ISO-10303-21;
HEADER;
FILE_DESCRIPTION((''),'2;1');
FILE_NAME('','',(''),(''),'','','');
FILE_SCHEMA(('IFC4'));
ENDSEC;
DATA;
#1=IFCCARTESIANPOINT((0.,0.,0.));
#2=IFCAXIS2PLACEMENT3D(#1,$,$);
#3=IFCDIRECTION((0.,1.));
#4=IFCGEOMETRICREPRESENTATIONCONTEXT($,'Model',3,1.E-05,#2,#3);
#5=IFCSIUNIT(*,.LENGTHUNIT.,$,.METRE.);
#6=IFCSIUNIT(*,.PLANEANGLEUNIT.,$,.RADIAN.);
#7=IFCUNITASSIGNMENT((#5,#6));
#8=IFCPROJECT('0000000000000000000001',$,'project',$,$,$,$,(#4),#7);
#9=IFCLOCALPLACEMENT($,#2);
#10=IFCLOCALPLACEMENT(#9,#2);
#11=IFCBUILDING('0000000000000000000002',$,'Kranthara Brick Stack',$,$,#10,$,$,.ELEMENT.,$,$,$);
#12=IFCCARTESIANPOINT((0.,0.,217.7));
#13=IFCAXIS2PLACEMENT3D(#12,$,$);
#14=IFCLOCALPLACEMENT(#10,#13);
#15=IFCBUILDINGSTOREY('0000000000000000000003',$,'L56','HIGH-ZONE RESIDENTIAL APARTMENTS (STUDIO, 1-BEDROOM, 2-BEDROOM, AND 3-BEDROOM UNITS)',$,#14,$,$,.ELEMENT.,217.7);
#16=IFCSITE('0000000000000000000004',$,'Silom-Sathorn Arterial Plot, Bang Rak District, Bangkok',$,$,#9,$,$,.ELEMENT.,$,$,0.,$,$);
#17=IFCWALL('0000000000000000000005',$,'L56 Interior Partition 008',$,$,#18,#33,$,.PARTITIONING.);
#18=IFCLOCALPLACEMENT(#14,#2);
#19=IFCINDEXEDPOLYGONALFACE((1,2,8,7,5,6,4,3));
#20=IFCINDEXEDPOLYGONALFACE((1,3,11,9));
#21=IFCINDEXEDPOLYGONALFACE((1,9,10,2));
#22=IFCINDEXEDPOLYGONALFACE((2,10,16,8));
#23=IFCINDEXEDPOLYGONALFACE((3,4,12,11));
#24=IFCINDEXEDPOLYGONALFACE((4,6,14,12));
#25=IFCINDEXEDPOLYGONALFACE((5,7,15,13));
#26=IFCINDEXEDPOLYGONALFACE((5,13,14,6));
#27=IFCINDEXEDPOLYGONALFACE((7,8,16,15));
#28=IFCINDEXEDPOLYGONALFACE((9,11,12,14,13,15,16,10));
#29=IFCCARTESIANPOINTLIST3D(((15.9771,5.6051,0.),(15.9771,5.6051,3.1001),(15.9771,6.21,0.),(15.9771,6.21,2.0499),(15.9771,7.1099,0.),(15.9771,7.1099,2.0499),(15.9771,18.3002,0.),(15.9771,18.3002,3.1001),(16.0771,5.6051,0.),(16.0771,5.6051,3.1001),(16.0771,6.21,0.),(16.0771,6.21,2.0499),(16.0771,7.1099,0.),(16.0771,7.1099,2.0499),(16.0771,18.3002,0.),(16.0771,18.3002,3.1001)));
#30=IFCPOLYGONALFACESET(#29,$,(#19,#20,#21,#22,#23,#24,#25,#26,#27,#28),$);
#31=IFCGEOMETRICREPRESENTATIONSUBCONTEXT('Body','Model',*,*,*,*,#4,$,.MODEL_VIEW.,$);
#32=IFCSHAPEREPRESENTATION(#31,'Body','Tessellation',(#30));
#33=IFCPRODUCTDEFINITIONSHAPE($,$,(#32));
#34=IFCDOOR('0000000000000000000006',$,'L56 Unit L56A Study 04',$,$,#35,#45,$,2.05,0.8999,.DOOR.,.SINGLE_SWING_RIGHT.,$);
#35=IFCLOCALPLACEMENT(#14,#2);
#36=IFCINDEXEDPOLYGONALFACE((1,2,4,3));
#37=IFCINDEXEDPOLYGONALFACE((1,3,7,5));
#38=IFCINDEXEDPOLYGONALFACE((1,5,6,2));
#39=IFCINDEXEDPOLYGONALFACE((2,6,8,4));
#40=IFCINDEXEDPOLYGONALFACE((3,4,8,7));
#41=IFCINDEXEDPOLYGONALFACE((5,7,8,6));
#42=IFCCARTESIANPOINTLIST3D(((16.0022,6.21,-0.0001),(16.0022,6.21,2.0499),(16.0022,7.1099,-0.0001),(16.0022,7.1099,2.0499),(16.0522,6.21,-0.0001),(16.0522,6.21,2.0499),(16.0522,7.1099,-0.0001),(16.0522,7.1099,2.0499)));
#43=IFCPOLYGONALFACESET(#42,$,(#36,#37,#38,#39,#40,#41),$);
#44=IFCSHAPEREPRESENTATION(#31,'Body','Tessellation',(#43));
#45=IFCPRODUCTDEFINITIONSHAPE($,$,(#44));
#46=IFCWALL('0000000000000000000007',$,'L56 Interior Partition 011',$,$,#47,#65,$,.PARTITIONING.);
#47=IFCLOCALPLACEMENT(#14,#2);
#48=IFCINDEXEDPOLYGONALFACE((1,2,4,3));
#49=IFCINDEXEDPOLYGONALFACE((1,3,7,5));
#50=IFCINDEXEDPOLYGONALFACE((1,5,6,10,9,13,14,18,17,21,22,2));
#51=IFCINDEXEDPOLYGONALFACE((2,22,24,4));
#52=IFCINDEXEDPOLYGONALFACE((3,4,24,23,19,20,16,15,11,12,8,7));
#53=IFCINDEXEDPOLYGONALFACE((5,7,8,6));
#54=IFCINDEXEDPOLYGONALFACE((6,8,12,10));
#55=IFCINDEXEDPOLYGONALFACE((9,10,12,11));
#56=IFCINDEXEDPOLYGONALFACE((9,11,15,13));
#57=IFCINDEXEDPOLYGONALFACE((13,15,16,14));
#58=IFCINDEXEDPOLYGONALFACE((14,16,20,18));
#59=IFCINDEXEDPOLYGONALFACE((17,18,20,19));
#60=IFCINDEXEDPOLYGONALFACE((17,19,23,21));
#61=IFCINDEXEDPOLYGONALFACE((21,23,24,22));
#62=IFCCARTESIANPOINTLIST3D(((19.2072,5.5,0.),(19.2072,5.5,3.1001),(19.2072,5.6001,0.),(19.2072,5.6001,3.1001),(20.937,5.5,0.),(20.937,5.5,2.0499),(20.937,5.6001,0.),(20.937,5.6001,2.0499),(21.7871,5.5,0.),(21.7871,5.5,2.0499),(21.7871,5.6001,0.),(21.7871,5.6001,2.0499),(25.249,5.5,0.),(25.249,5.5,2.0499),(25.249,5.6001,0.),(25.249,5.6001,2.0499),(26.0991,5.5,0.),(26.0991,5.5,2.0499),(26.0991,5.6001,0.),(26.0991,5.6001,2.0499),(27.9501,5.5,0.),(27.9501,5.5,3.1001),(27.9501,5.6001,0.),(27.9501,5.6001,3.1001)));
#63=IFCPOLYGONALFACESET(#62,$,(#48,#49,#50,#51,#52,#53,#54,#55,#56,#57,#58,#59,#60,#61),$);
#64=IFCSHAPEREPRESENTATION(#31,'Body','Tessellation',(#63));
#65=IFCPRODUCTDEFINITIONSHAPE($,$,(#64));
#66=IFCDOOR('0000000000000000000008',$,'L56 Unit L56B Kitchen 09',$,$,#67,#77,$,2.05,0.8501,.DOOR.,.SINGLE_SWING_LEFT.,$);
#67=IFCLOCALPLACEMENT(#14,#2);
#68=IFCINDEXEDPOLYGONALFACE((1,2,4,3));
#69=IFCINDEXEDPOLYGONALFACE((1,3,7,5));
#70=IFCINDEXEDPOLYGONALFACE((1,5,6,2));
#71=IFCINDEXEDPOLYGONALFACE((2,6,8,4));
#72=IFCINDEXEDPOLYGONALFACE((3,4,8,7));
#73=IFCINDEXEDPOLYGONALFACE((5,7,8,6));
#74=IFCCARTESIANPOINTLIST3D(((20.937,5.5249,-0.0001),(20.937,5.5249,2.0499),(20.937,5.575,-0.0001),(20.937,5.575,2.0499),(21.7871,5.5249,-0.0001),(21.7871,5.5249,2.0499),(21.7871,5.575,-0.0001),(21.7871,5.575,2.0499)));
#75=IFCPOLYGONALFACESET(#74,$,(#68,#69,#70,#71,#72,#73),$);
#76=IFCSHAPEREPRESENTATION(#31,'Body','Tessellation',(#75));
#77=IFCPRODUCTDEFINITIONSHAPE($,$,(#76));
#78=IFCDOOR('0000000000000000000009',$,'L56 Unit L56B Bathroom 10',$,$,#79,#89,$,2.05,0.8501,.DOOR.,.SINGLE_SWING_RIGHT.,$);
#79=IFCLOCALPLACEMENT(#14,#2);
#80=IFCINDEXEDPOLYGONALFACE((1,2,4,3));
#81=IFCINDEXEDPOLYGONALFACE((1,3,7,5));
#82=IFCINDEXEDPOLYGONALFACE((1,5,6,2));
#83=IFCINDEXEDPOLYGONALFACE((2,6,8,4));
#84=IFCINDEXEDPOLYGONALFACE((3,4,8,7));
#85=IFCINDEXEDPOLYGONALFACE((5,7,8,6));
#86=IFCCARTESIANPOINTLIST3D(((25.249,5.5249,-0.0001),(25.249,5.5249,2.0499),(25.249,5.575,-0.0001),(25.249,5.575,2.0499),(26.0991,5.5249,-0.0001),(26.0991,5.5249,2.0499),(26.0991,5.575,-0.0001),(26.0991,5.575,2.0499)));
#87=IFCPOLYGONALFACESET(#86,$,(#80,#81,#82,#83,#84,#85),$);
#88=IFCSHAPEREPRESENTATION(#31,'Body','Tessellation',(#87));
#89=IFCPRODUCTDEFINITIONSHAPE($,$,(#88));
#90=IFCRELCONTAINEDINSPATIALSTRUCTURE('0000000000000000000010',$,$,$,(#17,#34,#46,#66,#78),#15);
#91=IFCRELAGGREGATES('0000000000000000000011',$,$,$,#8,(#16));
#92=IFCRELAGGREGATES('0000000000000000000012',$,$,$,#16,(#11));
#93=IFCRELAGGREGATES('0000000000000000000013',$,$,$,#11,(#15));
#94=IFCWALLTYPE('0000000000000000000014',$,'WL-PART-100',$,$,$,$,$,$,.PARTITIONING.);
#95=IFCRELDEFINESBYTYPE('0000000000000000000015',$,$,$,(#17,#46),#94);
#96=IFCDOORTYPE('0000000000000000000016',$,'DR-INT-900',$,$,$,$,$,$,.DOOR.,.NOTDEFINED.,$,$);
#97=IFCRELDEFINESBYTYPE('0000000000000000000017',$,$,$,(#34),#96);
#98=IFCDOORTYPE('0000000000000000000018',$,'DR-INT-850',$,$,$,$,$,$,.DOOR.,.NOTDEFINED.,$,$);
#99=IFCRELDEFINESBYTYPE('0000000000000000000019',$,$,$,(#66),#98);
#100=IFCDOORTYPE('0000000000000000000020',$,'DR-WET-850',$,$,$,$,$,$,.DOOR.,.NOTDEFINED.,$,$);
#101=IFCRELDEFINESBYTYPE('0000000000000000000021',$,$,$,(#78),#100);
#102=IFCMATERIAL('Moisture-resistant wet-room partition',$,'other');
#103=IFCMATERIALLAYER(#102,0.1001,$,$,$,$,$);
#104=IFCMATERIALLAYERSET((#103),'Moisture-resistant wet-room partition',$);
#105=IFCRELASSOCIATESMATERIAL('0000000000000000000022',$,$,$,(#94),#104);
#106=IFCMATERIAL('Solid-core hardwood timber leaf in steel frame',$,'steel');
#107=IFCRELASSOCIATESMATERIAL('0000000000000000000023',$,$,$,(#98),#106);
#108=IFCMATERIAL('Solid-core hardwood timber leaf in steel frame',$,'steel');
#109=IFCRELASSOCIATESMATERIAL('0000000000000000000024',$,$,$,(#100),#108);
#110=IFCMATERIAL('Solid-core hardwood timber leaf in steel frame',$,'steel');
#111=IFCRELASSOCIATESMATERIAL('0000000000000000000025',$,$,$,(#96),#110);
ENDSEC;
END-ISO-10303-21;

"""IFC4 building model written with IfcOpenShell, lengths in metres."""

from ifc_helpers import new_model, si_unit, direction, frame, frame_2d, origin, place, context, subcontext, project, spatial, rectangle, extrude, material, layer, layer_set, type_object, element, fill, save


model = new_model("IFC4")

# Units and contexts
model_context = context("Model", 3, precision=1e-05, world=origin(), true_north=direction((0.0, 1.0)))
body_context = subcontext(model_context, "Body", "Model", "MODEL_VIEW")
ifc_project = project(units=[si_unit("LENGTHUNIT", "METRE"), si_unit("PLANEANGLEUNIT", "RADIAN")], contexts=[model_context])

# Site, building, storey
site_placement = place(None, origin())
site = spatial("IfcSite", under=ifc_project, at=site_placement, Name="Silom-Sathorn Arterial Plot, Bang Rak District, Bangkok", CompositionType="ELEMENT", RefElevation=0.0)
building_placement = place(site_placement, origin())
building = spatial("IfcBuilding", under=site, at=building_placement, Name="Kranthara Brick Stack", CompositionType="ELEMENT")
storey_placement = place(building_placement, frame((0.0, 0.0, 217.7)))
storey = spatial("IfcBuildingStorey", under=building, at=storey_placement, Name="L56", Description="HIGH-ZONE RESIDENTIAL APARTMENTS (STUDIO, 1-BEDROOM, 2-BEDROOM, AND 3-BEDROOM UNITS)", CompositionType="ELEMENT", Elevation=217.7)

# Shared definitions
ifc_material_1 = material(Name="Moisture-resistant wet-room partition", Category="other")
ifc_layer_1 = layer(ifc_material_1, 0.1001)
ifc_layer_set_1 = layer_set([ifc_layer_1], Name="Moisture-resistant wet-room partition")
wall_type_1 = type_object("IfcWallType", Name="WL-PART-100", PredefinedType="PARTITIONING", material=ifc_layer_set_1)
ifc_material_2 = material(Name="Solid-core hardwood timber leaf in steel frame", Category="steel")
door_type_1 = type_object("IfcDoorType", Name="DR-INT-850", OperationType="NOTDEFINED", PredefinedType="DOOR", material=ifc_material_2)
ifc_material_3 = material(Name="Solid-core hardwood timber leaf in steel frame", Category="steel")
door_type_2 = type_object("IfcDoorType", Name="DR-WET-850", OperationType="NOTDEFINED", PredefinedType="DOOR", material=ifc_material_3)

# Wall, opening, door
wall_1_placement = place(storey_placement, frame((16.0271, 5.605, 0.0), z_axis=(0.0, 0.0, 1.0), x_axis=(0.0, 1.0, 0.0)))
wall_1 = element("IfcWall", 1, at=wall_1_placement, inside=storey, type_object=wall_type_1, Name="L56 Interior Partition 008", PredefinedType="PARTITIONING", context=body_context, shape_type="SweptSolid", body=[
    extrude(rectangle(XDim=12.6951, YDim=0.1001, at=frame_2d((6.3477, 0.0))), origin(), (0.0, 0.0, 1.0), 3.1001),
])
opening_1_placement = place(wall_1_placement, frame((0.605, 0.0, 0.0)))
opening_1 = element("IfcOpeningElement", 2, at=opening_1_placement, cuts=wall_1, PredefinedType="OPENING", context=body_context, shape_type="SweptSolid", body=[
    extrude(rectangle(XDim=0.8999, YDim=2.05, at=frame_2d((0.45, 1.0249))), frame((0.0, 0.0601, 0.0), z_axis=(0.0, -1.0, 0.0), x_axis=(1.0, 0.0, 0.0)), (0.0, 0.0, 1.0), 0.1201),
])
ifc_material_4 = material(Name="Solid-core hardwood timber leaf in steel frame", Category="steel")
door_type_3 = type_object("IfcDoorType", Name="DR-INT-900", OperationType="NOTDEFINED", PredefinedType="DOOR", material=ifc_material_4)
door_1_placement = place(opening_1_placement, origin())
door_1 = element("IfcDoor", 3, at=door_1_placement, inside=storey, type_object=door_type_3, Name="L56 Unit L56A Study 04", OperationType="SINGLE_SWING_RIGHT", OverallHeight=2.05, OverallWidth=0.8999, PredefinedType="DOOR", context=body_context, shape_type="SweptSolid", body=[
    extrude(rectangle(XDim=0.8999, YDim=2.05, at=frame_2d((0.45, 1.0249))), frame((0.0, 0.0249, 0.0), z_axis=(0.0, -1.0, 0.0), x_axis=(1.0, 0.0, 0.0)), (0.0, 0.0, 1.0), 0.05),
])
fill(opening_1, door_1)

# Wall, openings, doors
wall_2_placement = place(storey_placement, frame((19.207, 5.55, 0.0), z_axis=(0.0, 0.0, 1.0), x_axis=(1.0, 0.0, 0.0)))
wall_2 = element("IfcWall", 4, at=wall_2_placement, inside=storey, type_object=wall_type_1, Name="L56 Interior Partition 011", PredefinedType="PARTITIONING", context=body_context, shape_type="SweptSolid", body=[
    extrude(rectangle(XDim=8.7429, YDim=0.1001, at=frame_2d((4.3716, 0.0))), origin(), (0.0, 0.0, 1.0), 3.1001),
])
opening_2_placement = place(wall_2_placement, frame((1.73, 0.0, 0.0)))
opening_2 = element("IfcOpeningElement", 5, at=opening_2_placement, cuts=wall_2, PredefinedType="OPENING", context=body_context, shape_type="SweptSolid", body=[
    extrude(rectangle(XDim=0.8501, YDim=2.05, at=frame_2d((0.425, 1.0249))), frame((0.0, 0.0601, 0.0), z_axis=(0.0, -1.0, 0.0), x_axis=(1.0, 0.0, 0.0)), (0.0, 0.0, 1.0), 0.1201),
])
opening_3_placement = place(wall_2_placement, frame((6.042, 0.0, 0.0)))
opening_3 = element("IfcOpeningElement", 6, at=opening_3_placement, cuts=wall_2, PredefinedType="OPENING", context=body_context, shape_type="SweptSolid", body=[
    extrude(rectangle(XDim=0.8501, YDim=2.05, at=frame_2d((0.425, 1.0249))), frame((0.0, 0.0601, 0.0), z_axis=(0.0, -1.0, 0.0), x_axis=(1.0, 0.0, 0.0)), (0.0, 0.0, 1.0), 0.1201),
])
door_2_placement = place(opening_2_placement, origin())
door_2 = element("IfcDoor", 7, at=door_2_placement, inside=storey, type_object=door_type_1, Name="L56 Unit L56B Kitchen 09", OperationType="SINGLE_SWING_LEFT", OverallHeight=2.05, OverallWidth=0.8501, PredefinedType="DOOR", context=body_context, shape_type="SweptSolid", body=[
    extrude(rectangle(XDim=0.8501, YDim=2.05, at=frame_2d((0.425, 1.0249))), frame((0.0, 0.0249, 0.0), z_axis=(0.0, -1.0, 0.0), x_axis=(1.0, 0.0, 0.0)), (0.0, 0.0, 1.0), 0.05),
])
fill(opening_2, door_2)
door_3_placement = place(opening_3_placement, origin())
door_3 = element("IfcDoor", 8, at=door_3_placement, inside=storey, type_object=door_type_2, Name="L56 Unit L56B Bathroom 10", OperationType="SINGLE_SWING_RIGHT", OverallHeight=2.05, OverallWidth=0.8501, PredefinedType="DOOR", context=body_context, shape_type="SweptSolid", body=[
    extrude(rectangle(XDim=0.8501, YDim=2.05, at=frame_2d((0.425, 1.0249))), frame((0.0, 0.0249, 0.0), z_axis=(0.0, -1.0, 0.0), x_axis=(1.0, 0.0, 0.0)), (0.0, 0.0, 1.0), 0.05),
])
fill(opening_3, door_3)

save(model, "model.ifc")
